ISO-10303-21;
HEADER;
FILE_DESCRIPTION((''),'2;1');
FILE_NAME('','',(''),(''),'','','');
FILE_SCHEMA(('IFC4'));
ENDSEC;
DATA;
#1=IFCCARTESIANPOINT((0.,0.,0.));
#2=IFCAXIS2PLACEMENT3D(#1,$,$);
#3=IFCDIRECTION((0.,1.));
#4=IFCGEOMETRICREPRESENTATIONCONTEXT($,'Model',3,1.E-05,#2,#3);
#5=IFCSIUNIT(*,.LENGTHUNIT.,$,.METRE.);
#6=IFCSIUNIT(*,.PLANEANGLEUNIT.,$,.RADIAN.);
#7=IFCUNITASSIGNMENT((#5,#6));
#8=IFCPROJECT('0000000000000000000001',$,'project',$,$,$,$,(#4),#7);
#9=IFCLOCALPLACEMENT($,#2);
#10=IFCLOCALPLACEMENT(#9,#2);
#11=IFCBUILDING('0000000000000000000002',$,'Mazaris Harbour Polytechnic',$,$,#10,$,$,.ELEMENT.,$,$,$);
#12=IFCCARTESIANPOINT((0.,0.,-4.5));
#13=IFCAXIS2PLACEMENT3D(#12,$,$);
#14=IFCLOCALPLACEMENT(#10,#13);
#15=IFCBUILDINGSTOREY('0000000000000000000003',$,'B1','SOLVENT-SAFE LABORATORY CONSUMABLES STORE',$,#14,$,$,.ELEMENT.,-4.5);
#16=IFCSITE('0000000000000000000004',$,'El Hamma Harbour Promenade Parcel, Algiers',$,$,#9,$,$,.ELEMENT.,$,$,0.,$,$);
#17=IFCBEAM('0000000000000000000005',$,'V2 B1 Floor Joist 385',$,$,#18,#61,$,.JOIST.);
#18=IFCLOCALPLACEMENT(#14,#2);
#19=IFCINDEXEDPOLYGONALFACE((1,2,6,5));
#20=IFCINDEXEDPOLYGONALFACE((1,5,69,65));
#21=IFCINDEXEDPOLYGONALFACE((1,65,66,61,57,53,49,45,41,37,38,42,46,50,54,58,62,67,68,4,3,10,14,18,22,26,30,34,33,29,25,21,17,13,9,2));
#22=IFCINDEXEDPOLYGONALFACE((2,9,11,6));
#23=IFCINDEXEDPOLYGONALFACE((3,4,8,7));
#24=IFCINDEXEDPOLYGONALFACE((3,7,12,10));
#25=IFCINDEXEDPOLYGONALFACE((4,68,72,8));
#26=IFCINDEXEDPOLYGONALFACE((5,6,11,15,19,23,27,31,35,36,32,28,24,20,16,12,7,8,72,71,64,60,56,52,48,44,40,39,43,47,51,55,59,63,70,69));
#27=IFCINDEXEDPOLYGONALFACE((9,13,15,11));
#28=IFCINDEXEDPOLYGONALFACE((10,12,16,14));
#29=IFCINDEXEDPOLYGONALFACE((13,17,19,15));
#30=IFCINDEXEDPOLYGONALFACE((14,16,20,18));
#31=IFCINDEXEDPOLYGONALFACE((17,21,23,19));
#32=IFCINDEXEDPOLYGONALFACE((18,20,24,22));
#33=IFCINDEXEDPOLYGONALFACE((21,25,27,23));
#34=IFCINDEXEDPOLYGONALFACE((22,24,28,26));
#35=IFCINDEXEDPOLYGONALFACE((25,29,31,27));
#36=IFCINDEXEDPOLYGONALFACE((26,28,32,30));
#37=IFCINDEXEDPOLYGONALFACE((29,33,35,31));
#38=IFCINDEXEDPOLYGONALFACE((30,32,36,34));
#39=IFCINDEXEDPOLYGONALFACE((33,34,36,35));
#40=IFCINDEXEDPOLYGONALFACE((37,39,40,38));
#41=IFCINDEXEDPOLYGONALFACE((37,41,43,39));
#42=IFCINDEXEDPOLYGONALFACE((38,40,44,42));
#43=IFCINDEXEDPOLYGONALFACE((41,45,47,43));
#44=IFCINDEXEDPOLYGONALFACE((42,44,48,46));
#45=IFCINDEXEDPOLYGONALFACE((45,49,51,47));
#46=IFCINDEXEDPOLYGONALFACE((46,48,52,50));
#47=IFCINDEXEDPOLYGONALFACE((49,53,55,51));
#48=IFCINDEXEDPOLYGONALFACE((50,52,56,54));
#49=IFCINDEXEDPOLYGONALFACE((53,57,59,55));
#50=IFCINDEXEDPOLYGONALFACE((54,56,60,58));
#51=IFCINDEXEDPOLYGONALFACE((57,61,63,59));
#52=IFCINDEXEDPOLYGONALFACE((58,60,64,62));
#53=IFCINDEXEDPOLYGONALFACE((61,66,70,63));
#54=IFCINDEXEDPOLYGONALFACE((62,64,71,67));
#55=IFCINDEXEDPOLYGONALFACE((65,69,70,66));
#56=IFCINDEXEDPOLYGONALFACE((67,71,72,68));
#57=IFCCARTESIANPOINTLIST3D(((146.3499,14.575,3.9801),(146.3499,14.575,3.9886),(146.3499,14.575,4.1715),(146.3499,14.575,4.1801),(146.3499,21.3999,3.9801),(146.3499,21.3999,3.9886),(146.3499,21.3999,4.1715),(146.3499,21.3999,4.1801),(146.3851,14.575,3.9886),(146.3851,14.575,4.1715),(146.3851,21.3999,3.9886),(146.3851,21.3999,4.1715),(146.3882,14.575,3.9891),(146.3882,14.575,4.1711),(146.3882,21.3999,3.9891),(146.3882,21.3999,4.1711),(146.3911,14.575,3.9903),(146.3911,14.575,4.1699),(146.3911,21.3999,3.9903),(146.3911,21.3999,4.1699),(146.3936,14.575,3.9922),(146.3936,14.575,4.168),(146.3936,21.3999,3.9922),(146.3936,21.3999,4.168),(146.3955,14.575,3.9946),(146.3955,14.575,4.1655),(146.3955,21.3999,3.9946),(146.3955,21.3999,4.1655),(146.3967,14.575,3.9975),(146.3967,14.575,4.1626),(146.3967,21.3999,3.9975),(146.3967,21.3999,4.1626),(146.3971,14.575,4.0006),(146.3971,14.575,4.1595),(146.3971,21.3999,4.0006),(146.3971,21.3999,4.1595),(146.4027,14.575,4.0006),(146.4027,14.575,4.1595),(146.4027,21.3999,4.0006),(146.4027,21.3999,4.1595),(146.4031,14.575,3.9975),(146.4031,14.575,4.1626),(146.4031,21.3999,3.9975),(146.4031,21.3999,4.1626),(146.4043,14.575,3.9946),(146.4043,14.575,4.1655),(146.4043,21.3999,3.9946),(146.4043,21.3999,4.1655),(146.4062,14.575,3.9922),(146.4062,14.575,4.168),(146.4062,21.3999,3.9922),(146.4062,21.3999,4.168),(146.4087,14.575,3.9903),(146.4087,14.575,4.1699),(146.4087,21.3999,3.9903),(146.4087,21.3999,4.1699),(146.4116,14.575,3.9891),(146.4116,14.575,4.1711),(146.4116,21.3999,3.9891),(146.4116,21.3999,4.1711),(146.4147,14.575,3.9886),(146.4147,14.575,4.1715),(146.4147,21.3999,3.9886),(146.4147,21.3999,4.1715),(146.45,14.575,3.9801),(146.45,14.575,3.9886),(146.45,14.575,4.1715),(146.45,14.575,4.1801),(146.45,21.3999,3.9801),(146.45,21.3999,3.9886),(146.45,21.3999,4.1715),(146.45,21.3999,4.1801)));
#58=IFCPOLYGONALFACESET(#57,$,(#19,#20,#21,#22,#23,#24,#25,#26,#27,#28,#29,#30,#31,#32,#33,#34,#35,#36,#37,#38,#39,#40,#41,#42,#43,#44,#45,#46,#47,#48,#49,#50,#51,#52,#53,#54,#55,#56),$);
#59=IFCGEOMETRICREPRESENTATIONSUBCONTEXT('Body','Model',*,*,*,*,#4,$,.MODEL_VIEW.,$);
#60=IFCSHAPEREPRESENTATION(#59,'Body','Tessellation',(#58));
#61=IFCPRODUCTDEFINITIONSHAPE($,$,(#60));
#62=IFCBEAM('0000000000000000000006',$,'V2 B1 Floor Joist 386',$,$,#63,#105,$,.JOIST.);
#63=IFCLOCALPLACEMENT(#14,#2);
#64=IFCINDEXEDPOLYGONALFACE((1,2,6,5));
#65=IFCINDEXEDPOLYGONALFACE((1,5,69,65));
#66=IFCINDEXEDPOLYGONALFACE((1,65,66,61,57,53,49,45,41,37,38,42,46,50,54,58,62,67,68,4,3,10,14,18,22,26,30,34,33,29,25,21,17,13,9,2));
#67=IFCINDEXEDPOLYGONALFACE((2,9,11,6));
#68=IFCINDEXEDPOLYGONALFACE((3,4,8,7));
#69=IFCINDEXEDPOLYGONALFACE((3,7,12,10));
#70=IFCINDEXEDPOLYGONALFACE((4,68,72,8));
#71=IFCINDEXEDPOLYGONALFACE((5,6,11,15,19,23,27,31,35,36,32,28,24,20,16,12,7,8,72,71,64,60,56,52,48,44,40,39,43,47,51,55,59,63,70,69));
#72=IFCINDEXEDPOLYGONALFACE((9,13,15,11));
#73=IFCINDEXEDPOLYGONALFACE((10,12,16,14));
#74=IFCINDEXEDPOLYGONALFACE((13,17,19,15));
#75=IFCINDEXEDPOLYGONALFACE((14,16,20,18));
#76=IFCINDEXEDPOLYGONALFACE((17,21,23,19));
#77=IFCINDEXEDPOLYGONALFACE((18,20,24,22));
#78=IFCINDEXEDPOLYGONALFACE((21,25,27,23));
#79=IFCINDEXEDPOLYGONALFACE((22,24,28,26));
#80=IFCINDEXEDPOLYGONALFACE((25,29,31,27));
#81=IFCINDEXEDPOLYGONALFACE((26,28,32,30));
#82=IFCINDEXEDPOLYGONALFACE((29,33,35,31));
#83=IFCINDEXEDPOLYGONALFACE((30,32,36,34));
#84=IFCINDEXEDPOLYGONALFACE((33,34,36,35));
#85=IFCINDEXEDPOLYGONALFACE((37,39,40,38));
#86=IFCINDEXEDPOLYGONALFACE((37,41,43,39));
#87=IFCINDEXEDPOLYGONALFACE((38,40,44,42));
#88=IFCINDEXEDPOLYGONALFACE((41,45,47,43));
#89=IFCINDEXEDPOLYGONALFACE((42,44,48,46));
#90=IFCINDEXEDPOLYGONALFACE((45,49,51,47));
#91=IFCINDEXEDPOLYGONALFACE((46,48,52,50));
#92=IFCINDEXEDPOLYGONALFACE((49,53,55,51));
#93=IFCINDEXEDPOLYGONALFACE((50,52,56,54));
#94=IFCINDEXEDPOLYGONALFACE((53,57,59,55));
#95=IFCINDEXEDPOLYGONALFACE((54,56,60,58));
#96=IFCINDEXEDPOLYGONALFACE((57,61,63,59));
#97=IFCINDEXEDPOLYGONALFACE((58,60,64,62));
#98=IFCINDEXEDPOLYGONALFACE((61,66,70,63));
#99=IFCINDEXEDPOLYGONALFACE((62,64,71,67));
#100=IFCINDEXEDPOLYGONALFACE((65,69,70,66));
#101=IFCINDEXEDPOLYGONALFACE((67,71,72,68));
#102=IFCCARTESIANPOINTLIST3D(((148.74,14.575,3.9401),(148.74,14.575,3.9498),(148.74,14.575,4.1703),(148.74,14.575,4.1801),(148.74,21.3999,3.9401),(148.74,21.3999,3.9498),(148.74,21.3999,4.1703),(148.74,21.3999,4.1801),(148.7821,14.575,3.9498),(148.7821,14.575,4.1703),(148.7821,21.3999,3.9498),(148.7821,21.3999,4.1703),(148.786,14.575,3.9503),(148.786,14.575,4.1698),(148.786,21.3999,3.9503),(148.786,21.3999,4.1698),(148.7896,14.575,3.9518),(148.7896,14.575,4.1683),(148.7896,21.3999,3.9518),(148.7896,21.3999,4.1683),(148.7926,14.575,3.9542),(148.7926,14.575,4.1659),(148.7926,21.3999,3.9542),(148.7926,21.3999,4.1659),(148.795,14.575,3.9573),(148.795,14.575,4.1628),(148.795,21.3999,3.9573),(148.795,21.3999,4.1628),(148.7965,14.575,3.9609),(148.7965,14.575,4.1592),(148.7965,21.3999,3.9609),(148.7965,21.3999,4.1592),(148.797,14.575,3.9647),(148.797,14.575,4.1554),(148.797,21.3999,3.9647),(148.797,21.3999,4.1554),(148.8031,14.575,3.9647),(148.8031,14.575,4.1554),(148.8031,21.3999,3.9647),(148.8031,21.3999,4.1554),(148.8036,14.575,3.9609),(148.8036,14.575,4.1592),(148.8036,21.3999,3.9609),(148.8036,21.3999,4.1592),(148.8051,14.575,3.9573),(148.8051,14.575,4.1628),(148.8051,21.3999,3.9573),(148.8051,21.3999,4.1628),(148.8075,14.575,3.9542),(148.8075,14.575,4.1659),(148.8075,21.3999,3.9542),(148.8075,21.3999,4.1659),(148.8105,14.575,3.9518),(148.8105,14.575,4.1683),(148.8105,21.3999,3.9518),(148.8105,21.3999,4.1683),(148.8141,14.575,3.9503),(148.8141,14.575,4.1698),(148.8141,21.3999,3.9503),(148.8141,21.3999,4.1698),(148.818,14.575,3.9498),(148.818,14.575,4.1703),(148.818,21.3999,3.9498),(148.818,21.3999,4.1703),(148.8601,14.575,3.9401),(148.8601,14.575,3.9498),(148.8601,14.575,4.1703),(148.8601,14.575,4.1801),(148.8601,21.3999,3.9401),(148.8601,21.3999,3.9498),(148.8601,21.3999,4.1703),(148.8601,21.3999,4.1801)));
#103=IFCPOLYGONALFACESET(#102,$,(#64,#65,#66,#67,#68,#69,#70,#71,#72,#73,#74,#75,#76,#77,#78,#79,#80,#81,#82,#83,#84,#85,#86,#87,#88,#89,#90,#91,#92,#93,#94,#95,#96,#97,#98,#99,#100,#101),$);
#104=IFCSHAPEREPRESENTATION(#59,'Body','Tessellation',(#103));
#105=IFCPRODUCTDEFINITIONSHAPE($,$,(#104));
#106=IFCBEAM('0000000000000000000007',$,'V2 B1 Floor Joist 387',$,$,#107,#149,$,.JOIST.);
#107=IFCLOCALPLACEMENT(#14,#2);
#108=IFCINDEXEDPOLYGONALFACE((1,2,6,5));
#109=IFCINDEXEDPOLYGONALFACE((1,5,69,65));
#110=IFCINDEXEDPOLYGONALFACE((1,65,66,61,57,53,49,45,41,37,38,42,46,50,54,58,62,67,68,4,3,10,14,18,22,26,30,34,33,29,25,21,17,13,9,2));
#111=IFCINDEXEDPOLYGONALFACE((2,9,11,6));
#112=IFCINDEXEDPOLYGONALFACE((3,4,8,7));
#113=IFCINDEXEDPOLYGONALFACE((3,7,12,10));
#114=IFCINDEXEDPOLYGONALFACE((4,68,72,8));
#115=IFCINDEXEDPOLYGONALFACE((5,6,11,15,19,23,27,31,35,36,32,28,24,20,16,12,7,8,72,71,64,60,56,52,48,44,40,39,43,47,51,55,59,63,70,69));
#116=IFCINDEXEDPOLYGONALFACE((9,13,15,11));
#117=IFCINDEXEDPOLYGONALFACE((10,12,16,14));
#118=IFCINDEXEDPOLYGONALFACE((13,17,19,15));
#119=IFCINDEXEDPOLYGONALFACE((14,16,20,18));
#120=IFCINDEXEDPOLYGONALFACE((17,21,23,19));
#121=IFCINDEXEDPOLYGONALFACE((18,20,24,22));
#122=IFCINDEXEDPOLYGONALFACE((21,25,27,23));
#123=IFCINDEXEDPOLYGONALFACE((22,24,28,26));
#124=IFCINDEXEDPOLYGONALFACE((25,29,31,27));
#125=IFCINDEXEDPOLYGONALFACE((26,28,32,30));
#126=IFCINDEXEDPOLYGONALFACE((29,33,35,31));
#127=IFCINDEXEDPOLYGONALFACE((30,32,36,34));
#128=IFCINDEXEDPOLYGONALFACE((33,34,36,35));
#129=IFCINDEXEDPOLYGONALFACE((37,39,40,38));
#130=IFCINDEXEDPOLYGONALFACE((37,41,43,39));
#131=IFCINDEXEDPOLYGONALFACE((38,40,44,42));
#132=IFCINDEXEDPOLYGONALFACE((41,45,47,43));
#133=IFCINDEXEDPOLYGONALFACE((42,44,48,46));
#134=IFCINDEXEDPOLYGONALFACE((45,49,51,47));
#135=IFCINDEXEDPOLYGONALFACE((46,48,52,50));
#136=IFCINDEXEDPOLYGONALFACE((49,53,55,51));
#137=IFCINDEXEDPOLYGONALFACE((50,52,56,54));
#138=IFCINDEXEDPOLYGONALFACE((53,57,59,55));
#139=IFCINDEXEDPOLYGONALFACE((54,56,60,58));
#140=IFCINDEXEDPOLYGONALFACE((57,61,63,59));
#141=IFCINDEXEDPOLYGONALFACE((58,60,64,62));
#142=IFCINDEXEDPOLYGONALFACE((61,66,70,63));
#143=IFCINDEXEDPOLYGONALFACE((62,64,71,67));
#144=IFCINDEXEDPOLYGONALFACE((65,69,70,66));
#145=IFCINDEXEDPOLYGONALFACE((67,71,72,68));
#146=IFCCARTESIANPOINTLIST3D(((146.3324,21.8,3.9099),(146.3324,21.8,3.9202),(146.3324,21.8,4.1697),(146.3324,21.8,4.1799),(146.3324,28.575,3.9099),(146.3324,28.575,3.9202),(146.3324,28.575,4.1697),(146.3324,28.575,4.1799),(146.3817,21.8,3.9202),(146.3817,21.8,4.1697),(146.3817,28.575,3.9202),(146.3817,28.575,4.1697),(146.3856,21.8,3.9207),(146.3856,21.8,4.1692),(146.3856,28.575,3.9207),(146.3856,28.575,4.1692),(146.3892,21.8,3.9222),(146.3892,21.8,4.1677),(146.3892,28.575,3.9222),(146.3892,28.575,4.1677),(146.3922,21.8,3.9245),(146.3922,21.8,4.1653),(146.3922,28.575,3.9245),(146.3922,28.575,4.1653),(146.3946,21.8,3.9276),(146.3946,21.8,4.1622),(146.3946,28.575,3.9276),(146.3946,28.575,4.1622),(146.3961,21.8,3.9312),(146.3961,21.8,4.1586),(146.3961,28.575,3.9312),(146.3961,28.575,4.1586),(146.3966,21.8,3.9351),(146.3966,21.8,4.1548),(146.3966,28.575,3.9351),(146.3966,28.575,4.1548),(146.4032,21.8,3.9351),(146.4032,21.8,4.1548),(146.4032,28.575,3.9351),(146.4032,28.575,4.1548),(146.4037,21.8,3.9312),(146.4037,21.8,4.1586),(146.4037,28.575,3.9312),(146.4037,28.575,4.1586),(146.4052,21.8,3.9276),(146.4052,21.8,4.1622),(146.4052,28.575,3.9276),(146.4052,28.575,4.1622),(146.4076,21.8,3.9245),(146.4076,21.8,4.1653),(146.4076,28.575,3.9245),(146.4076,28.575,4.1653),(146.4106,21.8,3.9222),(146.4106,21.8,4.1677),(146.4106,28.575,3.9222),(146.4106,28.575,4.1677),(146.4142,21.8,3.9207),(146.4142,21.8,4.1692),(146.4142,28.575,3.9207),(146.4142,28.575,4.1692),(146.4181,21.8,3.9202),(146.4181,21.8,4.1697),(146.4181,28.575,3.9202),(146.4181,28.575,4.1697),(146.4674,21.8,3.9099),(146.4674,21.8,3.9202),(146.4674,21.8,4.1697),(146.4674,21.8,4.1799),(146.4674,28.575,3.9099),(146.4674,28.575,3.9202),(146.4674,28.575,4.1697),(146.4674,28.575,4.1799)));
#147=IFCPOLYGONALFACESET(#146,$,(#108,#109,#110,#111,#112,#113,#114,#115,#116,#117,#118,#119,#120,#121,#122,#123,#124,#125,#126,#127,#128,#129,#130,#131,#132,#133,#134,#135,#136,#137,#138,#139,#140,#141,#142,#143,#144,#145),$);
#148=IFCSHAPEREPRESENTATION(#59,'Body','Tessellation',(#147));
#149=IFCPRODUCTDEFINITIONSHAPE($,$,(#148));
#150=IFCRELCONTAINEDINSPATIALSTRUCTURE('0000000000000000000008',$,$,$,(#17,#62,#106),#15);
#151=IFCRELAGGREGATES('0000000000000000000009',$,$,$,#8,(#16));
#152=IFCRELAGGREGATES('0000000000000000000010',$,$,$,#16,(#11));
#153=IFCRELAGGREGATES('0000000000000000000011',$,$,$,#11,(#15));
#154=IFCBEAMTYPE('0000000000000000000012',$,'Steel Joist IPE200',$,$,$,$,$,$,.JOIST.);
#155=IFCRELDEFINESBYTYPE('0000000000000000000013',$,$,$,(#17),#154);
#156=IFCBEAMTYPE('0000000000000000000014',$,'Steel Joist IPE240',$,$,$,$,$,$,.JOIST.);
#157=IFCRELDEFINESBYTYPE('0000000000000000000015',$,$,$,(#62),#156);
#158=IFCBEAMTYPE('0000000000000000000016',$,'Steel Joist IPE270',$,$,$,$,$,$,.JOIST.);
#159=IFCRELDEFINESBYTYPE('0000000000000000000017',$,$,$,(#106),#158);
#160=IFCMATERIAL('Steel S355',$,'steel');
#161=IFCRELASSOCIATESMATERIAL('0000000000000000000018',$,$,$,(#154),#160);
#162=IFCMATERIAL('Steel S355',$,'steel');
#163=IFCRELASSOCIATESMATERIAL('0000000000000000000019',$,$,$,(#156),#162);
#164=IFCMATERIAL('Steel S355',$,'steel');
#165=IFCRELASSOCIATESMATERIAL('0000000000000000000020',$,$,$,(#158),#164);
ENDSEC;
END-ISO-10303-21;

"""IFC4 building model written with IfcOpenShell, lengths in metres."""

from ifc_helpers import new_model, si_unit, direction, frame, origin, origin_2d, place, context, subcontext, project, spatial, i_section, extrude, material, material_profile, profile_set, type_object, element, save


model = new_model("IFC4")

# Units and contexts
model_context = context("Model", 3, precision=1e-05, world=origin(), true_north=direction((0.0, 1.0)))
body_context = subcontext(model_context, "Body", "Model", "MODEL_VIEW")
ifc_project = project(units=[si_unit("LENGTHUNIT", "METRE"), si_unit("PLANEANGLEUNIT", "RADIAN")], contexts=[model_context])

# Site, building, storey
site_placement = place(None, origin())
site = spatial("IfcSite", under=ifc_project, at=site_placement, Name="El Hamma Harbour Promenade Parcel, Algiers", CompositionType="ELEMENT", RefElevation=0.0)
building_placement = place(site_placement, origin())
building = spatial("IfcBuilding", under=site, at=building_placement, Name="Mazaris Harbour Polytechnic", CompositionType="ELEMENT")
storey_placement = place(building_placement, frame((0.0, 0.0, -4.5)))
storey = spatial("IfcBuildingStorey", under=building, at=storey_placement, Name="B1", Description="SOLVENT-SAFE LABORATORY CONSUMABLES STORE", CompositionType="ELEMENT", Elevation=-4.5)

# Beams
ifc_material_1 = material(Name="Steel S355", Category="steel")
ifc_material_profile_1 = material_profile(ifc_material_1, i_section(OverallWidth=0.1001, OverallDepth=0.2, WebThickness=0.0056, FlangeThickness=0.0085, FilletRadius=0.012, at=origin_2d()), Name="IPE 200")
ifc_profile_set_1 = profile_set([ifc_material_profile_1], Name="Steel S355")
beam_type_1 = type_object("IfcBeamType", Name="Steel Joist IPE200", PredefinedType="JOIST", material=ifc_profile_set_1)
beam_1_placement = place(storey_placement, frame((146.3999, 14.575, 4.0801), z_axis=(0.0, 1.0, 0.0), x_axis=(-1.0, 0.0, 0.0)))
element("IfcBeam", 1, at=beam_1_placement, inside=storey, type_object=beam_type_1, Name="V2 B1 Floor Joist 385", PredefinedType="JOIST", context=body_context, shape_type="SweptSolid", body=[
    extrude(i_section(OverallWidth=0.1001, OverallDepth=0.2, WebThickness=0.0056, FlangeThickness=0.0085, FilletRadius=0.012, at=origin_2d()), origin(), (0.0, 0.0, 1.0), 6.825),
])
ifc_material_2 = material(Name="Steel S355", Category="steel")
ifc_material_profile_2 = material_profile(ifc_material_2, i_section(OverallWidth=0.1201, OverallDepth=0.24, WebThickness=0.0061, FlangeThickness=0.0098, FilletRadius=0.0149, at=origin_2d()), Name="IPE 240")
ifc_profile_set_2 = profile_set([ifc_material_profile_2], Name="Steel S355")
beam_type_2 = type_object("IfcBeamType", Name="Steel Joist IPE240", PredefinedType="JOIST", material=ifc_profile_set_2)
beam_2_placement = place(storey_placement, frame((148.8, 14.575, 4.0601), z_axis=(0.0, 1.0, 0.0), x_axis=(-1.0, 0.0, 0.0)))
element("IfcBeam", 2, at=beam_2_placement, inside=storey, type_object=beam_type_2, Name="V2 B1 Floor Joist 386", PredefinedType="JOIST", context=body_context, shape_type="SweptSolid", body=[
    extrude(i_section(OverallWidth=0.1201, OverallDepth=0.24, WebThickness=0.0061, FlangeThickness=0.0098, FilletRadius=0.0149, at=origin_2d()), origin(), (0.0, 0.0, 1.0), 6.825),
])
ifc_material_3 = material(Name="Steel S355", Category="steel")
ifc_material_profile_3 = material_profile(ifc_material_3, i_section(OverallWidth=0.135, OverallDepth=0.27, WebThickness=0.0066, FlangeThickness=0.0103, FilletRadius=0.0149, at=origin_2d()), Name="IPE 270")
ifc_profile_set_3 = profile_set([ifc_material_profile_3], Name="Steel S355")
beam_type_3 = type_object("IfcBeamType", Name="Steel Joist IPE270", PredefinedType="JOIST", material=ifc_profile_set_3)
beam_3_placement = place(storey_placement, frame((146.3999, 21.8, 4.0449), z_axis=(0.0, 1.0, 0.0), x_axis=(-1.0, 0.0, 0.0)))
element("IfcBeam", 3, at=beam_3_placement, inside=storey, type_object=beam_type_3, Name="V2 B1 Floor Joist 387", PredefinedType="JOIST", context=body_context, shape_type="SweptSolid", body=[
    extrude(i_section(OverallWidth=0.135, OverallDepth=0.27, WebThickness=0.0066, FlangeThickness=0.0103, FilletRadius=0.0149, at=origin_2d()), origin(), (0.0, 0.0, 1.0), 6.7749),
])

save(model, "model.ifc")
